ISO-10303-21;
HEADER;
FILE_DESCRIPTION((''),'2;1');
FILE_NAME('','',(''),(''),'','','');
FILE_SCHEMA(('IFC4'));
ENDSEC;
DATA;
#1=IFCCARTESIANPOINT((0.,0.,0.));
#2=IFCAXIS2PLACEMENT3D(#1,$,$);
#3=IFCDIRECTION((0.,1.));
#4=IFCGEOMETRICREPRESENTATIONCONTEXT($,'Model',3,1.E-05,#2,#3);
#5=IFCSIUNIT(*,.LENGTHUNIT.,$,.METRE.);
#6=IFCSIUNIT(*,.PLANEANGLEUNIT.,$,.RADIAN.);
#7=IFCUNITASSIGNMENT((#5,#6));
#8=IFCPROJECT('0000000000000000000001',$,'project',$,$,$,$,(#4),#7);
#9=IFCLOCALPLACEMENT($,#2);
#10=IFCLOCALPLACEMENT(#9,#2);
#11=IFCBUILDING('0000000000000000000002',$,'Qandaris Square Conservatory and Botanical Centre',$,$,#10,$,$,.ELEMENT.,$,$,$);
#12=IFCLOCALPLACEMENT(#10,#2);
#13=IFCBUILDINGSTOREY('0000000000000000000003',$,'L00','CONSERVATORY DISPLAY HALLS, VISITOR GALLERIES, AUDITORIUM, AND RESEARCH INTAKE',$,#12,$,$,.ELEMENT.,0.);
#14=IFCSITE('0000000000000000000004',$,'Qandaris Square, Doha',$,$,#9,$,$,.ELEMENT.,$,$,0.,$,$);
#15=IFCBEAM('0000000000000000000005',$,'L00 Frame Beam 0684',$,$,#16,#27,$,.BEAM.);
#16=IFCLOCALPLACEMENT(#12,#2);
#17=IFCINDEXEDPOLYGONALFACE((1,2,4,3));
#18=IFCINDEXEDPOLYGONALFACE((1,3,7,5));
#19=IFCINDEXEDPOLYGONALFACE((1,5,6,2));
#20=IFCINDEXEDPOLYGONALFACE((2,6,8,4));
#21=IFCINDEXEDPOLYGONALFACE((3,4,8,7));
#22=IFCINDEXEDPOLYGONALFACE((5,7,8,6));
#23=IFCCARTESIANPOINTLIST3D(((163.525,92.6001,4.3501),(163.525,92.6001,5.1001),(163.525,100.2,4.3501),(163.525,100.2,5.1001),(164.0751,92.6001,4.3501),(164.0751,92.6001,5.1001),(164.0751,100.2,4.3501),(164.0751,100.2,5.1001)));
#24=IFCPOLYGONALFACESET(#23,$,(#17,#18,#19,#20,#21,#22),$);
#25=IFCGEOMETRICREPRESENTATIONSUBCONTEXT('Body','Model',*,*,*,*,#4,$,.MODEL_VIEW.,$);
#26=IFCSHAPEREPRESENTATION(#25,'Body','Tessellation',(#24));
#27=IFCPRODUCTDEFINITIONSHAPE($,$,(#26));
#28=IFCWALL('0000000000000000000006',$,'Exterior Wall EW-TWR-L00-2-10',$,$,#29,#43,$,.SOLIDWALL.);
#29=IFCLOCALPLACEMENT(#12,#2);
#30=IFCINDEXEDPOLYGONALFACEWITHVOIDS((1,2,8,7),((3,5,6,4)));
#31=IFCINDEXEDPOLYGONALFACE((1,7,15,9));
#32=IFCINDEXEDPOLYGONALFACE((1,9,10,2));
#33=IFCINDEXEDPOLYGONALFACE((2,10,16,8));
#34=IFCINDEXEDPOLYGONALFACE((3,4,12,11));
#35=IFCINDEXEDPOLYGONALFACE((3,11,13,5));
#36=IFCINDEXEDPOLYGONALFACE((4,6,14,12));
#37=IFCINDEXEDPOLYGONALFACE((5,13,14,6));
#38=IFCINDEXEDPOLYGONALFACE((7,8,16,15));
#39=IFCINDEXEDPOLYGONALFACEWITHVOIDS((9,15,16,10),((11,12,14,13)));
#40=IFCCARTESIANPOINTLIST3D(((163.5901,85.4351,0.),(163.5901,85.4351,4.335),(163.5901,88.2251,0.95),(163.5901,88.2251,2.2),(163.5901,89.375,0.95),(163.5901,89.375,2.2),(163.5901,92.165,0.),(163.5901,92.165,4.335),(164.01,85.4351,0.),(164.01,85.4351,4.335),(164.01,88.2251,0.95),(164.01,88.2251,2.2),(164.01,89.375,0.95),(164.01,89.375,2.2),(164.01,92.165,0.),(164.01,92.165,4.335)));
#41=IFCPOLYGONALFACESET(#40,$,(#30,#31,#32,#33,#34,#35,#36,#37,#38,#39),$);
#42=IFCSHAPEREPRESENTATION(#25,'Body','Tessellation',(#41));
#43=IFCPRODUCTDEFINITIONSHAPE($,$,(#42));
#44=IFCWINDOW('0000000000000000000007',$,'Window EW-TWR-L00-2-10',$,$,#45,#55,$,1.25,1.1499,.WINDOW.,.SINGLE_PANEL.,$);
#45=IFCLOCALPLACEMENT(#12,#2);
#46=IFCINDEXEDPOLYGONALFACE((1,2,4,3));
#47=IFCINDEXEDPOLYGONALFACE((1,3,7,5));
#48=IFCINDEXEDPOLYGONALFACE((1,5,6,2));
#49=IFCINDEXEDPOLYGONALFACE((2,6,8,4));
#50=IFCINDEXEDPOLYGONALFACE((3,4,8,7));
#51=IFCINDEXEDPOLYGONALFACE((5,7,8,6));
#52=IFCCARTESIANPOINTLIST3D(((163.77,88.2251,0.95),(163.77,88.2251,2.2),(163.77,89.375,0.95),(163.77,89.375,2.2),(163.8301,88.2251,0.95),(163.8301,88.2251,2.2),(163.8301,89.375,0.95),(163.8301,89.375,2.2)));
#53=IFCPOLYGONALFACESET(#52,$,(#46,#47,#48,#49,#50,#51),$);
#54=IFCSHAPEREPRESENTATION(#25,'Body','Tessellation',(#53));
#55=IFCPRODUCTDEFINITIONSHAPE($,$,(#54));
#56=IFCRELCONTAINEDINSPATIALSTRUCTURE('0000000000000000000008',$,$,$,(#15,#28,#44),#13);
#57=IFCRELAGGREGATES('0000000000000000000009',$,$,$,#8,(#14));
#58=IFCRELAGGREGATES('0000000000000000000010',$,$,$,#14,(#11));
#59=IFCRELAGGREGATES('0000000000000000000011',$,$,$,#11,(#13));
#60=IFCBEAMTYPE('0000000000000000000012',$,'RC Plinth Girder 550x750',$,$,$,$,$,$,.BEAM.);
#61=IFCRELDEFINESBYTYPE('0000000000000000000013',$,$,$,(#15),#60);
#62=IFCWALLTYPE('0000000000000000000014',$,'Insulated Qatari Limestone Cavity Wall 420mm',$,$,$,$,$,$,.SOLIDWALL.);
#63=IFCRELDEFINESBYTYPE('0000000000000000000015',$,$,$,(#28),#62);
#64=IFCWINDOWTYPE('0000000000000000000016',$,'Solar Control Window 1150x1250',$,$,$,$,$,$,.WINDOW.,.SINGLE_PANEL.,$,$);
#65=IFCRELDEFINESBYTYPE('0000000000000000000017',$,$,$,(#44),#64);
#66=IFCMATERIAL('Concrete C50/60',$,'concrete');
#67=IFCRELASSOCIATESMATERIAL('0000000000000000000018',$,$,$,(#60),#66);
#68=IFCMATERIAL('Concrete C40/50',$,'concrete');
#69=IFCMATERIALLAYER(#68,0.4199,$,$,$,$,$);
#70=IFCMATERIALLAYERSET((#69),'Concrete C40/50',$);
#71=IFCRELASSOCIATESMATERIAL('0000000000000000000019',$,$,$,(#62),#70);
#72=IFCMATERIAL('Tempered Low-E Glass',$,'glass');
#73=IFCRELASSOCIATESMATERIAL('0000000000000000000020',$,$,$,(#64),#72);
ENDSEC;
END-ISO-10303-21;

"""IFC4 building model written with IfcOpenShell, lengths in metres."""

from ifc_helpers import new_model, si_unit, direction, frame, frame_2d, origin, origin_2d, place, context, subcontext, project, spatial, rectangle, extrude, material, layer, layer_set, material_profile, profile_set, type_object, element, fill, save


model = new_model("IFC4")

# Units and contexts
model_context = context("Model", 3, precision=1e-05, world=origin(), true_north=direction((0.0, 1.0)))
body_context = subcontext(model_context, "Body", "Model", "MODEL_VIEW")
ifc_project = project(units=[si_unit("LENGTHUNIT", "METRE"), si_unit("PLANEANGLEUNIT", "RADIAN")], contexts=[model_context])

# Site, building, storey
site_placement = place(None, origin())
site = spatial("IfcSite", under=ifc_project, at=site_placement, Name="Qandaris Square, Doha", CompositionType="ELEMENT", RefElevation=0.0)
building_placement = place(site_placement, origin())
building = spatial("IfcBuilding", under=site, at=building_placement, Name="Qandaris Square Conservatory and Botanical Centre", CompositionType="ELEMENT")
storey_placement = place(building_placement, origin())
storey = spatial("IfcBuildingStorey", under=building, at=storey_placement, Name="L00", Description="CONSERVATORY DISPLAY HALLS, VISITOR GALLERIES, AUDITORIUM, AND RESEARCH INTAKE", CompositionType="ELEMENT", Elevation=0.0)

# Shared definitions
ifc_material_1 = material(Name="Concrete C40/50", Category="concrete")

# Shared definitions
ifc_material_2 = material(Name="Concrete C50/60", Category="concrete")

# Beam
ifc_material_profile_1 = material_profile(ifc_material_2, rectangle(XDim=0.55, YDim=0.75, at=origin_2d()), Name="RC-BM 550x750")
ifc_profile_set_1 = profile_set([ifc_material_profile_1], Name="Concrete C50/60")
beam_type_1 = type_object("IfcBeamType", Name="RC Plinth Girder 550x750", PredefinedType="BEAM", material=ifc_profile_set_1)
beam_1_placement = place(storey_placement, frame((163.8, 92.6001, 4.7251), z_axis=(0.0, 1.0, 0.0), x_axis=(-1.0, 0.0, 0.0)))
element("IfcBeam", 1, at=beam_1_placement, inside=storey, type_object=beam_type_1, Name="L00 Frame Beam 0684", PredefinedType="BEAM", context=body_context, shape_type="SweptSolid", body=[
    extrude(rectangle(XDim=0.55, YDim=0.75, at=origin_2d()), origin(), (0.0, 0.0, 1.0), 7.5999),
])

# Wall, opening, window
ifc_layer = layer(ifc_material_1, 0.4199)
ifc_layer_set = layer_set([ifc_layer], Name="Concrete C40/50")
wall_type = type_object("IfcWallType", Name="Insulated Qatari Limestone Cavity Wall 420mm", PredefinedType="SOLIDWALL", material=ifc_layer_set)
wall_placement = place(storey_placement, frame((163.8, 85.4351, 0.0), z_axis=(0.0, 0.0, 1.0), x_axis=(0.0, 1.0, 0.0)))
wall = element("IfcWall", 2, at=wall_placement, inside=storey, type_object=wall_type, Name="Exterior Wall EW-TWR-L00-2-10", PredefinedType="SOLIDWALL", context=body_context, shape_type="SweptSolid", body=[
    extrude(rectangle(XDim=6.73, YDim=0.4199, at=frame_2d((3.365, 0.0))), origin(), (0.0, 0.0, 1.0), 4.335),
])
opening_placement = place(wall_placement, frame((2.79, 0.0, 0.95)))
opening = element("IfcOpeningElement", 3, at=opening_placement, cuts=wall, PredefinedType="OPENING", context=body_context, shape_type="SweptSolid", body=[
    extrude(rectangle(XDim=1.1499, YDim=1.25, at=frame_2d((0.575, 0.625))), frame((0.0, 0.2219, 0.0), z_axis=(0.0, -1.0, 0.0), x_axis=(1.0, 0.0, 0.0)), (0.0, 0.0, 1.0), 0.4438),
])
ifc_material_3 = material(Name="Tempered Low-E Glass", Category="glass")
window_type = type_object("IfcWindowType", Name="Solar Control Window 1150x1250", PartitioningType="SINGLE_PANEL", PredefinedType="WINDOW", material=ifc_material_3)
window_placement = place(opening_placement, origin())
window = element("IfcWindow", 4, at=window_placement, inside=storey, type_object=window_type, Name="Window EW-TWR-L00-2-10", OverallHeight=1.25, OverallWidth=1.1499, PartitioningType="SINGLE_PANEL", PredefinedType="WINDOW", context=body_context, shape_type="SweptSolid", body=[
    extrude(rectangle(XDim=1.1499, YDim=1.25, at=frame_2d((0.575, 0.625))), frame((0.0, 0.03, 0.0), z_axis=(0.0, -1.0, 0.0), x_axis=(1.0, 0.0, 0.0)), (0.0, 0.0, 1.0), 0.0601),
])
fill(opening, window)

save(model, "model.ifc")
